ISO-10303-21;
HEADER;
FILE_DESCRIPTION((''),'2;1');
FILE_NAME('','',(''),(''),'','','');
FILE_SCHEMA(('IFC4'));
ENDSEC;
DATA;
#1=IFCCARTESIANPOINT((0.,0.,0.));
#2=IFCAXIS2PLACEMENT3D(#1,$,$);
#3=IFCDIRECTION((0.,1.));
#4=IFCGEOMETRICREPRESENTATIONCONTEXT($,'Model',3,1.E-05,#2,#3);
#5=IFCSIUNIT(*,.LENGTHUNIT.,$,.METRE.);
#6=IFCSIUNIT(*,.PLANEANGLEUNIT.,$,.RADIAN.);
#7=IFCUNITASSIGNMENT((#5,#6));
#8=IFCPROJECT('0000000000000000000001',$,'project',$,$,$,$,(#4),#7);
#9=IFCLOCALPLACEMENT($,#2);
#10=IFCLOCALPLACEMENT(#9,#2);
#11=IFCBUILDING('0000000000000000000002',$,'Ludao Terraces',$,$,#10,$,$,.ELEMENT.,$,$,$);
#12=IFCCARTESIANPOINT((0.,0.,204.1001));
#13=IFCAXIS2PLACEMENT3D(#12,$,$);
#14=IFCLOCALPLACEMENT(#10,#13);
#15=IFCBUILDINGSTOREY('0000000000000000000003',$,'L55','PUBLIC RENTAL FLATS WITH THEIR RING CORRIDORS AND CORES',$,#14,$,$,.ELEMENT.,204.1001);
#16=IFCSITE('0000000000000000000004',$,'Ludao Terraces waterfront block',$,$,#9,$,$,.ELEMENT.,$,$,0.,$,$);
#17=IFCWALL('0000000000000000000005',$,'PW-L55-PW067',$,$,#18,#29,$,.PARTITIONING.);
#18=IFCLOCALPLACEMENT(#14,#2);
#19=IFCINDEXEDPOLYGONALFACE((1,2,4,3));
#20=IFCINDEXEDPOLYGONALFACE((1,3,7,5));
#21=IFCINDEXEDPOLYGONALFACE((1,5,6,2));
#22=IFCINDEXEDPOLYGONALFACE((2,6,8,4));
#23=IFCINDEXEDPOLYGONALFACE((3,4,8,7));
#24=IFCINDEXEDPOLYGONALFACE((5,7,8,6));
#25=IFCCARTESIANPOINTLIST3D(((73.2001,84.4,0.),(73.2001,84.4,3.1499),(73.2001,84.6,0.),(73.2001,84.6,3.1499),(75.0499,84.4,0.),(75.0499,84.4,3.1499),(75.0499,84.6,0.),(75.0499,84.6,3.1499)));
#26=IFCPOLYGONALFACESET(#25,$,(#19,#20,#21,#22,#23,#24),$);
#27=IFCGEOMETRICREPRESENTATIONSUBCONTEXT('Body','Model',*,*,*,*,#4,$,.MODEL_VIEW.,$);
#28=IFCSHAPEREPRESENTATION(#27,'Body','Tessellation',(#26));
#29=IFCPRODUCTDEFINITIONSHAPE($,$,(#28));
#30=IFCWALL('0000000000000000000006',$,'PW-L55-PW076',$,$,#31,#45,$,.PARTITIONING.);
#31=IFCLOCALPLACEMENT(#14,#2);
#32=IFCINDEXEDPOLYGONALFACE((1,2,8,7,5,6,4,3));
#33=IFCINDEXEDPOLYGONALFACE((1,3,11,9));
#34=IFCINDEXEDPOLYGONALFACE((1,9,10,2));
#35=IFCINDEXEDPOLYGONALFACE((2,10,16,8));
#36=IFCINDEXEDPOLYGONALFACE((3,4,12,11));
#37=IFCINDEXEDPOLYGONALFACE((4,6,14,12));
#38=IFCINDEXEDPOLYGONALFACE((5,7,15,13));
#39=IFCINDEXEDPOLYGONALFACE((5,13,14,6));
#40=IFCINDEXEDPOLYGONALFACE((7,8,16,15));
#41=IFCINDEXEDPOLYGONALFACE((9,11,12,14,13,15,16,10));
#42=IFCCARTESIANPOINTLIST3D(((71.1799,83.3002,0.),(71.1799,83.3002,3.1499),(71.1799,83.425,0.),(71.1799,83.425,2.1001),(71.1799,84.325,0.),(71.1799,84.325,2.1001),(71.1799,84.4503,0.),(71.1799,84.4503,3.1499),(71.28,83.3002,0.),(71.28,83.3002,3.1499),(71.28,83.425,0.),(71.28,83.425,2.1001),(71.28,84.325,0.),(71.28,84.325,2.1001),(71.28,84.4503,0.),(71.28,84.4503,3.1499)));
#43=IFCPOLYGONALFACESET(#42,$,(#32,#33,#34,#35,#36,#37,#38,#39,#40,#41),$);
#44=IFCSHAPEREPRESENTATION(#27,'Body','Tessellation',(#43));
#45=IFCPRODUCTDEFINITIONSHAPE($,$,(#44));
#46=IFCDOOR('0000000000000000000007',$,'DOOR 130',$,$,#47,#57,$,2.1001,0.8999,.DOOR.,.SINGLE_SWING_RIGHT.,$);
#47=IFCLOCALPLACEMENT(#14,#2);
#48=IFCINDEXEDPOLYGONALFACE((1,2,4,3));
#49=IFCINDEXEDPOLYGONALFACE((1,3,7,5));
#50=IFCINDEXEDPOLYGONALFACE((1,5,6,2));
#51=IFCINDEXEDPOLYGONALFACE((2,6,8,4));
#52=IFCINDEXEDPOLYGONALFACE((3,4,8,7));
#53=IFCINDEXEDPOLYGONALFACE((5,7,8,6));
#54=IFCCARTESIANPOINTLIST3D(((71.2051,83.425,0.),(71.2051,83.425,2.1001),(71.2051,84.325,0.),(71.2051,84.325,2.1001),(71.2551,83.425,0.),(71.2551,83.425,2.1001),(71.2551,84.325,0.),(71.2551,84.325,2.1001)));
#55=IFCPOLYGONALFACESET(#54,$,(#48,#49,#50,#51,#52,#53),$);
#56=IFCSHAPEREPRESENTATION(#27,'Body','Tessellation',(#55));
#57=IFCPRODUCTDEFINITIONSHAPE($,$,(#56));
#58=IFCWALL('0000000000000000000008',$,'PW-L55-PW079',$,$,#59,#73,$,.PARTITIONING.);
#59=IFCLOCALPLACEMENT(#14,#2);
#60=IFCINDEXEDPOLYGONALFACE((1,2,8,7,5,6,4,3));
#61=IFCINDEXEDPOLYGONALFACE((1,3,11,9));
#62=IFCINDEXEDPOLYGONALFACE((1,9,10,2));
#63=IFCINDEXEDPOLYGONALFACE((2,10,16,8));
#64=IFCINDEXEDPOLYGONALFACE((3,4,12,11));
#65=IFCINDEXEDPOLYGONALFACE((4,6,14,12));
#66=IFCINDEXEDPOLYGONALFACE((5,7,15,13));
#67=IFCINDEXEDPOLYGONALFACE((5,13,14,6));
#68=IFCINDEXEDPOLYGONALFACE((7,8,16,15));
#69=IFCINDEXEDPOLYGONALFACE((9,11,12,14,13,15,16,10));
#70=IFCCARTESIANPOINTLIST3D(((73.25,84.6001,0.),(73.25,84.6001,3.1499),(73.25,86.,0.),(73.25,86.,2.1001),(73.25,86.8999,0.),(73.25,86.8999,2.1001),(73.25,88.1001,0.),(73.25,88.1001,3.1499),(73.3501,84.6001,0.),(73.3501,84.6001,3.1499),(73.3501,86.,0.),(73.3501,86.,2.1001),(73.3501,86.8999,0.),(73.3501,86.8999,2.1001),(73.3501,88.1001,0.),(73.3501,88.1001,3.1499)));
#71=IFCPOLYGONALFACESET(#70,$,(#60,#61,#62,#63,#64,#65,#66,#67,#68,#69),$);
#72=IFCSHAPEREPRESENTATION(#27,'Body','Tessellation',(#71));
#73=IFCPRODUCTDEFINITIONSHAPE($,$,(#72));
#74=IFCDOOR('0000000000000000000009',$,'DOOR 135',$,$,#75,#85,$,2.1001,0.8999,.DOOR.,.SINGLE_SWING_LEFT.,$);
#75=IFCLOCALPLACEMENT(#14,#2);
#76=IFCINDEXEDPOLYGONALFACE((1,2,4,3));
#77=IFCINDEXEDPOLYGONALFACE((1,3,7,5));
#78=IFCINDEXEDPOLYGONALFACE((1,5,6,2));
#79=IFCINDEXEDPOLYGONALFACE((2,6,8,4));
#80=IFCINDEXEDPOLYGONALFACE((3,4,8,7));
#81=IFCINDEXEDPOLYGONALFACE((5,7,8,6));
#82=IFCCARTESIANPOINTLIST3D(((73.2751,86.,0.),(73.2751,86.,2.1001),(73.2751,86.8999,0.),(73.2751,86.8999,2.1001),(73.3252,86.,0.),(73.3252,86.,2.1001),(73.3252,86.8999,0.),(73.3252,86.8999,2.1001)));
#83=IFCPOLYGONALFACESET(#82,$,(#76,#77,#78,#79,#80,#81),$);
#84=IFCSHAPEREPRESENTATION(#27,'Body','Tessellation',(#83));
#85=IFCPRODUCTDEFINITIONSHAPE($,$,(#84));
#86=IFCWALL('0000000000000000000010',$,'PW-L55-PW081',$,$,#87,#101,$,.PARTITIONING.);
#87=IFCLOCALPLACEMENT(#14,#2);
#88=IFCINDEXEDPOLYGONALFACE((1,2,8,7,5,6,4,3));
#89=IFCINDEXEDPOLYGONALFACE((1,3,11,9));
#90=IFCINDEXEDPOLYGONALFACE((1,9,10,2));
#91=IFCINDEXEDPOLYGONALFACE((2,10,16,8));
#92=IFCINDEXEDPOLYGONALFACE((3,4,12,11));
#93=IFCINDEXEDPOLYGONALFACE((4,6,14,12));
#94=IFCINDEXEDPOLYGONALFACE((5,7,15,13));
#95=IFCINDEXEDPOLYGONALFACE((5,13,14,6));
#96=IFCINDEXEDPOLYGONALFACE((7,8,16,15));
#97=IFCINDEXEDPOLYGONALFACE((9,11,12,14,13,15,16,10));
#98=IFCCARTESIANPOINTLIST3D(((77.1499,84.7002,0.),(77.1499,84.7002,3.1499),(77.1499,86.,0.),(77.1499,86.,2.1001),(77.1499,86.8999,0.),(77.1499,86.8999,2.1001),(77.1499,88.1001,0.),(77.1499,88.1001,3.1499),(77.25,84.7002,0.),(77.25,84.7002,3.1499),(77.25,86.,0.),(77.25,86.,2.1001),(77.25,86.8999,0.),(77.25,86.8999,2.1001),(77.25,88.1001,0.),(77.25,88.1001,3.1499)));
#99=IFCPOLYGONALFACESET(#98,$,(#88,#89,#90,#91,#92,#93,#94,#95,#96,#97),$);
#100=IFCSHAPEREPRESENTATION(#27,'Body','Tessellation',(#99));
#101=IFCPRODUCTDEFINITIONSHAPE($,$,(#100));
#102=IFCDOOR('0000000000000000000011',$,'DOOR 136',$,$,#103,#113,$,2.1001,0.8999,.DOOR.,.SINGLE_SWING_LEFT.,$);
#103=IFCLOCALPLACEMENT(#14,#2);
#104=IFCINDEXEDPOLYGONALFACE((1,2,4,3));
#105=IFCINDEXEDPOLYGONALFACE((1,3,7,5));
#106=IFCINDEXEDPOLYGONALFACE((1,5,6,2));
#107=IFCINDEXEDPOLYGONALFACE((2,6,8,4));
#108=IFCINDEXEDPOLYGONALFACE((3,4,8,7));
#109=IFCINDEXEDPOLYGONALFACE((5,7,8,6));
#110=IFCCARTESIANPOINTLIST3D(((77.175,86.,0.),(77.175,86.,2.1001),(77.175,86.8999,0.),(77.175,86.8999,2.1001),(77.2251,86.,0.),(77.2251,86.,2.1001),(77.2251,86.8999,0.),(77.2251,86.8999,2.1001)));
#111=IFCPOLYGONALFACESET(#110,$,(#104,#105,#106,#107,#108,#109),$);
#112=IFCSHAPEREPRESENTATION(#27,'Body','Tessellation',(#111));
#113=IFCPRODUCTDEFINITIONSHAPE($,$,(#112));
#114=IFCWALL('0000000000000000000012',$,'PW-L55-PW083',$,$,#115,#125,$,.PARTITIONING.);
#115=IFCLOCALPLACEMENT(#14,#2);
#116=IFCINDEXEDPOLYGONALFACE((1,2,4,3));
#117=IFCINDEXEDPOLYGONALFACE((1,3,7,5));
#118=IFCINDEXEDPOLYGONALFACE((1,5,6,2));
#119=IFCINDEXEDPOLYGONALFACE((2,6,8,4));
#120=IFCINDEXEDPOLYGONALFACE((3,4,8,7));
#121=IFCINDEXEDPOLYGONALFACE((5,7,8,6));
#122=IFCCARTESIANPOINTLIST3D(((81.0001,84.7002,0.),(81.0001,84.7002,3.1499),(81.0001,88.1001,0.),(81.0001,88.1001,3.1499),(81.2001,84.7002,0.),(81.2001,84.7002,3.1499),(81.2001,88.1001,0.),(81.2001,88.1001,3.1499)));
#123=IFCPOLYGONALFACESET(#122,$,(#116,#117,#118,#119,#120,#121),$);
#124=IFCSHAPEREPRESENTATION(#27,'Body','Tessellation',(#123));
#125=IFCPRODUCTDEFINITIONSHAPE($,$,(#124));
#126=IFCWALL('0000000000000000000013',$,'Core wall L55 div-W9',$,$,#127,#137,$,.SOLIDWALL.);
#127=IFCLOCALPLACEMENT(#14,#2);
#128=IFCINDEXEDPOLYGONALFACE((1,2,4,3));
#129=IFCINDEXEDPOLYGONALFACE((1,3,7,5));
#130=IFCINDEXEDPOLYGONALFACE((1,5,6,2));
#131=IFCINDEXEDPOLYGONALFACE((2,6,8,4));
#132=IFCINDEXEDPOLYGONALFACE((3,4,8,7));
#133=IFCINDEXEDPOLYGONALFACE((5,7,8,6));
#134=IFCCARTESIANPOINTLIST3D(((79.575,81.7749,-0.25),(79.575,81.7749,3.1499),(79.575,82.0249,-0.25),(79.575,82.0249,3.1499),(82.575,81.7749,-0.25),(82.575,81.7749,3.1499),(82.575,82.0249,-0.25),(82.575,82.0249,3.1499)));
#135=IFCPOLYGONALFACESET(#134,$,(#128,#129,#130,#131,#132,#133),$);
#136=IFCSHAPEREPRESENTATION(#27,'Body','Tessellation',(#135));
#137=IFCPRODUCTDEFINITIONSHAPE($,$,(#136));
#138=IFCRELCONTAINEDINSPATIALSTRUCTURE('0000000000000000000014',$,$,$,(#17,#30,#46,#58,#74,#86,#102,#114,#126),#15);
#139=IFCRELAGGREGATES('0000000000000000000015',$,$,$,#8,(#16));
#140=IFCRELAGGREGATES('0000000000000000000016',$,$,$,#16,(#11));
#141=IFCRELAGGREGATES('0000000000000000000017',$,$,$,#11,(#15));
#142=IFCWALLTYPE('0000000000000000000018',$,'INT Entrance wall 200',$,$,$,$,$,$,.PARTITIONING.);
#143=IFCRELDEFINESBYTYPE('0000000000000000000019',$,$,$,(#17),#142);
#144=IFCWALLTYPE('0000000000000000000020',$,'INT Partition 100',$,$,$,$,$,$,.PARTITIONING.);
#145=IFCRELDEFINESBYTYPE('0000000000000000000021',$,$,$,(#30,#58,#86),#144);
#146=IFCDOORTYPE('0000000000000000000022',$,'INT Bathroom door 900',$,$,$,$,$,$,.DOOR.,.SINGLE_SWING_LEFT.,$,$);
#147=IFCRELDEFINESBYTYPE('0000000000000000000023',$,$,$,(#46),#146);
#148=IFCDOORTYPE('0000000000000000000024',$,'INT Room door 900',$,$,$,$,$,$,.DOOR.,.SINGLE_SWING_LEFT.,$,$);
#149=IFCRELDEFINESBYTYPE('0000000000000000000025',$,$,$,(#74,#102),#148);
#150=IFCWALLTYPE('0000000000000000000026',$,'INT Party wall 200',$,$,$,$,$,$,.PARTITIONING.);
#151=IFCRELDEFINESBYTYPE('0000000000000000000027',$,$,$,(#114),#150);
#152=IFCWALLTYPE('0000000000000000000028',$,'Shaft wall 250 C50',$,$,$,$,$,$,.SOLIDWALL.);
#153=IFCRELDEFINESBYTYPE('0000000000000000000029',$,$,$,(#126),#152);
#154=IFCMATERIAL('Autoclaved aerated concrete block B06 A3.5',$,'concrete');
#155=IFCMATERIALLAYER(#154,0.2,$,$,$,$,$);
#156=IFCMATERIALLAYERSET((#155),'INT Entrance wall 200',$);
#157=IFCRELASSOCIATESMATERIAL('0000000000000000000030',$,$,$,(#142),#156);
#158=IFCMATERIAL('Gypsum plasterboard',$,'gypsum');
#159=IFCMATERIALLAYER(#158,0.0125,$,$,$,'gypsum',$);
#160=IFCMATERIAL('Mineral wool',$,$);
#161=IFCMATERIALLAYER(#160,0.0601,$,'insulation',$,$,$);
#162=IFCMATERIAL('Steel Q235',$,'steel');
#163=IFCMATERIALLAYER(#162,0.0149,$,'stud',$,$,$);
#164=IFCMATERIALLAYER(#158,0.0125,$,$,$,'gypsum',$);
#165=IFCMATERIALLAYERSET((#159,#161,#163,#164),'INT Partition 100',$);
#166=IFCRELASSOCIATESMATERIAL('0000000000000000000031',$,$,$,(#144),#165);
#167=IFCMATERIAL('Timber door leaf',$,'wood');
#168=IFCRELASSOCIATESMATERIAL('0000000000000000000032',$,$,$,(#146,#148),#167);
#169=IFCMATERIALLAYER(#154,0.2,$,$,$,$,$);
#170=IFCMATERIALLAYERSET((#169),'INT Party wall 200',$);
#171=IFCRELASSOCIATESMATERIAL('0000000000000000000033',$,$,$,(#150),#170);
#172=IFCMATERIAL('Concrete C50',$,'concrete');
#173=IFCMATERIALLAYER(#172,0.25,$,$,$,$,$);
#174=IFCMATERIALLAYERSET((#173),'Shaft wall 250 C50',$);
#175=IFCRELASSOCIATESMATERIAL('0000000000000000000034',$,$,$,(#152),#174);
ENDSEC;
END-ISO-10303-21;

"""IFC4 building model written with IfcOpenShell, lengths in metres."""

from ifc_helpers import new_model, si_unit, direction, frame, frame_2d, origin, place, context, subcontext, project, spatial, rectangle, extrude, material, layer, layer_set, type_object, element, fill, save


model = new_model("IFC4")

# Units and contexts
model_context = context("Model", 3, precision=1e-05, world=origin(), true_north=direction((0.0, 1.0)))
body_context = subcontext(model_context, "Body", "Model", "MODEL_VIEW")
ifc_project = project(units=[si_unit("LENGTHUNIT", "METRE"), si_unit("PLANEANGLEUNIT", "RADIAN")], contexts=[model_context])

# Site, building, storey
site_placement = place(None, origin())
site = spatial("IfcSite", under=ifc_project, at=site_placement, Name="Ludao Terraces waterfront block", CompositionType="ELEMENT", RefElevation=0.0)
building_placement = place(site_placement, origin())
building = spatial("IfcBuilding", under=site, at=building_placement, Name="Ludao Terraces", CompositionType="ELEMENT")
storey_placement = place(building_placement, frame((0.0, 0.0, 204.1001)))
storey = spatial("IfcBuildingStorey", under=building, at=storey_placement, Name="L55", Description="PUBLIC RENTAL FLATS WITH THEIR RING CORRIDORS AND CORES", CompositionType="ELEMENT", Elevation=204.1001)

# Shared definitions
ifc_material_1 = material(Name="Concrete C50", Category="concrete")

# Shared definitions
ifc_material_2 = material(Name="Mineral wool")

# Wall
ifc_material_3 = material(Name="Autoclaved aerated concrete block B06 A3.5", Category="concrete")
ifc_layer_1 = layer(ifc_material_3, 0.2)
ifc_layer_set_1 = layer_set([ifc_layer_1], Name="INT Entrance wall 200")
wall_type_1 = type_object("IfcWallType", Name="INT Entrance wall 200", PredefinedType="PARTITIONING", material=ifc_layer_set_1)
wall_1_placement = place(storey_placement, frame((73.2002, 84.5, 0.0), z_axis=(0.0, 0.0, 1.0), x_axis=(1.0, 0.0, 0.0)))
element("IfcWall", 1, at=wall_1_placement, inside=storey, type_object=wall_type_1, Name="PW-L55-PW067", PredefinedType="PARTITIONING", context=body_context, shape_type="SweptSolid", body=[
    extrude(rectangle(XDim=1.8499, YDim=0.2, at=frame_2d((0.9248, 0.0))), origin(), (0.0, 0.0, 1.0), 3.1499),
])

# Walls, openings, doors
ifc_material_4 = material(Name="Gypsum plasterboard", Category="gypsum")
ifc_layer_2 = layer(ifc_material_4, 0.0125, Category="gypsum")
ifc_layer_3 = layer(ifc_material_2, 0.0601, Name="insulation")
ifc_material_5 = material(Name="Steel Q235", Category="steel")
ifc_layer_4 = layer(ifc_material_5, 0.0149, Name="stud")
ifc_layer_5 = layer(ifc_material_4, 0.0125, Category="gypsum")
ifc_layer_set_2 = layer_set([ifc_layer_2, ifc_layer_3, ifc_layer_4, ifc_layer_5], Name="INT Partition 100")
wall_type_2 = type_object("IfcWallType", Name="INT Partition 100", PredefinedType="PARTITIONING", material=ifc_layer_set_2)
wall_2_placement = place(storey_placement, frame((71.23, 83.3, 0.0), z_axis=(0.0, 0.0, 1.0), x_axis=(0.0, 1.0, 0.0)))
wall_2 = element("IfcWall", 2, at=wall_2_placement, inside=storey, type_object=wall_type_2, Name="PW-L55-PW076", PredefinedType="PARTITIONING", context=body_context, shape_type="SweptSolid", body=[
    extrude(rectangle(XDim=1.1501, YDim=0.1001, at=frame_2d((0.5752, 0.0))), origin(), (0.0, 0.0, 1.0), 3.1499),
])
opening_1_placement = place(wall_2_placement, frame((0.125, 0.0, 0.0)))
opening_1 = element("IfcOpeningElement", 3, at=opening_1_placement, cuts=wall_2, PredefinedType="OPENING", context=body_context, shape_type="SweptSolid", body=[
    extrude(rectangle(XDim=0.8999, YDim=2.1001, at=frame_2d((0.45, 1.05))), frame((0.0, 0.0601, 0.0), z_axis=(0.0, -1.0, 0.0), x_axis=(1.0, 0.0, 0.0)), (0.0, 0.0, 1.0), 0.1201),
])
ifc_material_6 = material(Name="Timber door leaf", Category="wood")
door_type_1 = type_object("IfcDoorType", Name="INT Bathroom door 900", OperationType="SINGLE_SWING_LEFT", PredefinedType="DOOR", material=ifc_material_6)
door_1_placement = place(opening_1_placement, origin())
door_1 = element("IfcDoor", 4, at=door_1_placement, inside=storey, type_object=door_type_1, Name="DOOR 130", OperationType="SINGLE_SWING_RIGHT", OverallHeight=2.1001, OverallWidth=0.8999, PredefinedType="DOOR", context=body_context, shape_type="SweptSolid", body=[
    extrude(rectangle(XDim=0.8999, YDim=2.1001, at=frame_2d((0.45, 1.05))), frame((0.0, 0.0249, 0.0), z_axis=(0.0, -1.0, 0.0), x_axis=(1.0, 0.0, 0.0)), (0.0, 0.0, 1.0), 0.05),
])
fill(opening_1, door_1)
wall_3_placement = place(storey_placement, frame((73.3, 84.6001, 0.0), z_axis=(0.0, 0.0, 1.0), x_axis=(0.0, 1.0, 0.0)))
wall_3 = element("IfcWall", 5, at=wall_3_placement, inside=storey, type_object=wall_type_2, Name="PW-L55-PW079", PredefinedType="PARTITIONING", context=body_context, shape_type="SweptSolid", body=[
    extrude(rectangle(XDim=3.5, YDim=0.1001, at=frame_2d((1.75, 0.0))), origin(), (0.0, 0.0, 1.0), 3.1499),
])
opening_2_placement = place(wall_3_placement, frame((1.3999, 0.0, 0.0)))
opening_2 = element("IfcOpeningElement", 6, at=opening_2_placement, cuts=wall_3, PredefinedType="OPENING", context=body_context, shape_type="SweptSolid", body=[
    extrude(rectangle(XDim=0.8999, YDim=2.1001, at=frame_2d((0.45, 1.05))), frame((0.0, 0.0601, 0.0), z_axis=(0.0, -1.0, 0.0), x_axis=(1.0, 0.0, 0.0)), (0.0, 0.0, 1.0), 0.1201),
])
door_type_2 = type_object("IfcDoorType", Name="INT Room door 900", OperationType="SINGLE_SWING_LEFT", PredefinedType="DOOR", material=ifc_material_6)
door_2_placement = place(opening_2_placement, origin())
door_2 = element("IfcDoor", 7, at=door_2_placement, inside=storey, type_object=door_type_2, Name="DOOR 135", OperationType="SINGLE_SWING_LEFT", OverallHeight=2.1001, OverallWidth=0.8999, PredefinedType="DOOR", context=body_context, shape_type="SweptSolid", body=[
    extrude(rectangle(XDim=0.8999, YDim=2.1001, at=frame_2d((0.45, 1.05))), frame((0.0, 0.0249, 0.0), z_axis=(0.0, -1.0, 0.0), x_axis=(1.0, 0.0, 0.0)), (0.0, 0.0, 1.0), 0.05),
])
fill(opening_2, door_2)
wall_4_placement = place(storey_placement, frame((77.2, 84.7002, 0.0), z_axis=(0.0, 0.0, 1.0), x_axis=(0.0, 1.0, 0.0)))
wall_4 = element("IfcWall", 8, at=wall_4_placement, inside=storey, type_object=wall_type_2, Name="PW-L55-PW081", PredefinedType="PARTITIONING", context=body_context, shape_type="SweptSolid", body=[
    extrude(rectangle(XDim=3.3999, YDim=0.1001, at=frame_2d((1.7, 0.0))), origin(), (0.0, 0.0, 1.0), 3.1499),
])
opening_3_placement = place(wall_4_placement, frame((1.2998, 0.0, 0.0)))
opening_3 = element("IfcOpeningElement", 9, at=opening_3_placement, cuts=wall_4, PredefinedType="OPENING", context=body_context, shape_type="SweptSolid", body=[
    extrude(rectangle(XDim=0.8999, YDim=2.1001, at=frame_2d((0.45, 1.05))), frame((0.0, 0.0601, 0.0), z_axis=(0.0, -1.0, 0.0), x_axis=(1.0, 0.0, 0.0)), (0.0, 0.0, 1.0), 0.1201),
])
door_3_placement = place(opening_3_placement, origin())
door_3 = element("IfcDoor", 10, at=door_3_placement, inside=storey, type_object=door_type_2, Name="DOOR 136", OperationType="SINGLE_SWING_LEFT", OverallHeight=2.1001, OverallWidth=0.8999, PredefinedType="DOOR", context=body_context, shape_type="SweptSolid", body=[
    extrude(rectangle(XDim=0.8999, YDim=2.1001, at=frame_2d((0.45, 1.05))), frame((0.0, 0.0249, 0.0), z_axis=(0.0, -1.0, 0.0), x_axis=(1.0, 0.0, 0.0)), (0.0, 0.0, 1.0), 0.05),
])
fill(opening_3, door_3)

# Walls
ifc_layer_6 = layer(ifc_material_3, 0.2)
ifc_layer_set_3 = layer_set([ifc_layer_6], Name="INT Party wall 200")
wall_type_3 = type_object("IfcWallType", Name="INT Party wall 200", PredefinedType="PARTITIONING", material=ifc_layer_set_3)
wall_5_placement = place(storey_placement, frame((81.1001, 84.7002, 0.0), z_axis=(0.0, 0.0, 1.0), x_axis=(0.0, 1.0, 0.0)))
element("IfcWall", 11, at=wall_5_placement, inside=storey, type_object=wall_type_3, Name="PW-L55-PW083", PredefinedType="PARTITIONING", context=body_context, shape_type="SweptSolid", body=[
    extrude(rectangle(XDim=3.3999, YDim=0.2, at=frame_2d((1.7, 0.0))), origin(), (0.0, 0.0, 1.0), 3.1499),
])
ifc_layer_7 = layer(ifc_material_1, 0.25)
ifc_layer_set_4 = layer_set([ifc_layer_7], Name="Shaft wall 250 C50")
wall_type_4 = type_object("IfcWallType", Name="Shaft wall 250 C50", PredefinedType="SOLIDWALL", material=ifc_layer_set_4)
wall_6_placement = place(storey_placement, frame((79.575, 81.8999, -0.25), z_axis=(0.0, 0.0, 1.0), x_axis=(1.0, 0.0, 0.0)))
element("IfcWall", 12, at=wall_6_placement, inside=storey, type_object=wall_type_4, Name="Core wall L55 div-W9", PredefinedType="SOLIDWALL", context=body_context, shape_type="SweptSolid", body=[
    extrude(rectangle(XDim=3.0, YDim=0.25, at=frame_2d((1.5, 0.0))), origin(), (0.0, 0.0, 1.0), 3.3999),
])

save(model, "model.ifc")
